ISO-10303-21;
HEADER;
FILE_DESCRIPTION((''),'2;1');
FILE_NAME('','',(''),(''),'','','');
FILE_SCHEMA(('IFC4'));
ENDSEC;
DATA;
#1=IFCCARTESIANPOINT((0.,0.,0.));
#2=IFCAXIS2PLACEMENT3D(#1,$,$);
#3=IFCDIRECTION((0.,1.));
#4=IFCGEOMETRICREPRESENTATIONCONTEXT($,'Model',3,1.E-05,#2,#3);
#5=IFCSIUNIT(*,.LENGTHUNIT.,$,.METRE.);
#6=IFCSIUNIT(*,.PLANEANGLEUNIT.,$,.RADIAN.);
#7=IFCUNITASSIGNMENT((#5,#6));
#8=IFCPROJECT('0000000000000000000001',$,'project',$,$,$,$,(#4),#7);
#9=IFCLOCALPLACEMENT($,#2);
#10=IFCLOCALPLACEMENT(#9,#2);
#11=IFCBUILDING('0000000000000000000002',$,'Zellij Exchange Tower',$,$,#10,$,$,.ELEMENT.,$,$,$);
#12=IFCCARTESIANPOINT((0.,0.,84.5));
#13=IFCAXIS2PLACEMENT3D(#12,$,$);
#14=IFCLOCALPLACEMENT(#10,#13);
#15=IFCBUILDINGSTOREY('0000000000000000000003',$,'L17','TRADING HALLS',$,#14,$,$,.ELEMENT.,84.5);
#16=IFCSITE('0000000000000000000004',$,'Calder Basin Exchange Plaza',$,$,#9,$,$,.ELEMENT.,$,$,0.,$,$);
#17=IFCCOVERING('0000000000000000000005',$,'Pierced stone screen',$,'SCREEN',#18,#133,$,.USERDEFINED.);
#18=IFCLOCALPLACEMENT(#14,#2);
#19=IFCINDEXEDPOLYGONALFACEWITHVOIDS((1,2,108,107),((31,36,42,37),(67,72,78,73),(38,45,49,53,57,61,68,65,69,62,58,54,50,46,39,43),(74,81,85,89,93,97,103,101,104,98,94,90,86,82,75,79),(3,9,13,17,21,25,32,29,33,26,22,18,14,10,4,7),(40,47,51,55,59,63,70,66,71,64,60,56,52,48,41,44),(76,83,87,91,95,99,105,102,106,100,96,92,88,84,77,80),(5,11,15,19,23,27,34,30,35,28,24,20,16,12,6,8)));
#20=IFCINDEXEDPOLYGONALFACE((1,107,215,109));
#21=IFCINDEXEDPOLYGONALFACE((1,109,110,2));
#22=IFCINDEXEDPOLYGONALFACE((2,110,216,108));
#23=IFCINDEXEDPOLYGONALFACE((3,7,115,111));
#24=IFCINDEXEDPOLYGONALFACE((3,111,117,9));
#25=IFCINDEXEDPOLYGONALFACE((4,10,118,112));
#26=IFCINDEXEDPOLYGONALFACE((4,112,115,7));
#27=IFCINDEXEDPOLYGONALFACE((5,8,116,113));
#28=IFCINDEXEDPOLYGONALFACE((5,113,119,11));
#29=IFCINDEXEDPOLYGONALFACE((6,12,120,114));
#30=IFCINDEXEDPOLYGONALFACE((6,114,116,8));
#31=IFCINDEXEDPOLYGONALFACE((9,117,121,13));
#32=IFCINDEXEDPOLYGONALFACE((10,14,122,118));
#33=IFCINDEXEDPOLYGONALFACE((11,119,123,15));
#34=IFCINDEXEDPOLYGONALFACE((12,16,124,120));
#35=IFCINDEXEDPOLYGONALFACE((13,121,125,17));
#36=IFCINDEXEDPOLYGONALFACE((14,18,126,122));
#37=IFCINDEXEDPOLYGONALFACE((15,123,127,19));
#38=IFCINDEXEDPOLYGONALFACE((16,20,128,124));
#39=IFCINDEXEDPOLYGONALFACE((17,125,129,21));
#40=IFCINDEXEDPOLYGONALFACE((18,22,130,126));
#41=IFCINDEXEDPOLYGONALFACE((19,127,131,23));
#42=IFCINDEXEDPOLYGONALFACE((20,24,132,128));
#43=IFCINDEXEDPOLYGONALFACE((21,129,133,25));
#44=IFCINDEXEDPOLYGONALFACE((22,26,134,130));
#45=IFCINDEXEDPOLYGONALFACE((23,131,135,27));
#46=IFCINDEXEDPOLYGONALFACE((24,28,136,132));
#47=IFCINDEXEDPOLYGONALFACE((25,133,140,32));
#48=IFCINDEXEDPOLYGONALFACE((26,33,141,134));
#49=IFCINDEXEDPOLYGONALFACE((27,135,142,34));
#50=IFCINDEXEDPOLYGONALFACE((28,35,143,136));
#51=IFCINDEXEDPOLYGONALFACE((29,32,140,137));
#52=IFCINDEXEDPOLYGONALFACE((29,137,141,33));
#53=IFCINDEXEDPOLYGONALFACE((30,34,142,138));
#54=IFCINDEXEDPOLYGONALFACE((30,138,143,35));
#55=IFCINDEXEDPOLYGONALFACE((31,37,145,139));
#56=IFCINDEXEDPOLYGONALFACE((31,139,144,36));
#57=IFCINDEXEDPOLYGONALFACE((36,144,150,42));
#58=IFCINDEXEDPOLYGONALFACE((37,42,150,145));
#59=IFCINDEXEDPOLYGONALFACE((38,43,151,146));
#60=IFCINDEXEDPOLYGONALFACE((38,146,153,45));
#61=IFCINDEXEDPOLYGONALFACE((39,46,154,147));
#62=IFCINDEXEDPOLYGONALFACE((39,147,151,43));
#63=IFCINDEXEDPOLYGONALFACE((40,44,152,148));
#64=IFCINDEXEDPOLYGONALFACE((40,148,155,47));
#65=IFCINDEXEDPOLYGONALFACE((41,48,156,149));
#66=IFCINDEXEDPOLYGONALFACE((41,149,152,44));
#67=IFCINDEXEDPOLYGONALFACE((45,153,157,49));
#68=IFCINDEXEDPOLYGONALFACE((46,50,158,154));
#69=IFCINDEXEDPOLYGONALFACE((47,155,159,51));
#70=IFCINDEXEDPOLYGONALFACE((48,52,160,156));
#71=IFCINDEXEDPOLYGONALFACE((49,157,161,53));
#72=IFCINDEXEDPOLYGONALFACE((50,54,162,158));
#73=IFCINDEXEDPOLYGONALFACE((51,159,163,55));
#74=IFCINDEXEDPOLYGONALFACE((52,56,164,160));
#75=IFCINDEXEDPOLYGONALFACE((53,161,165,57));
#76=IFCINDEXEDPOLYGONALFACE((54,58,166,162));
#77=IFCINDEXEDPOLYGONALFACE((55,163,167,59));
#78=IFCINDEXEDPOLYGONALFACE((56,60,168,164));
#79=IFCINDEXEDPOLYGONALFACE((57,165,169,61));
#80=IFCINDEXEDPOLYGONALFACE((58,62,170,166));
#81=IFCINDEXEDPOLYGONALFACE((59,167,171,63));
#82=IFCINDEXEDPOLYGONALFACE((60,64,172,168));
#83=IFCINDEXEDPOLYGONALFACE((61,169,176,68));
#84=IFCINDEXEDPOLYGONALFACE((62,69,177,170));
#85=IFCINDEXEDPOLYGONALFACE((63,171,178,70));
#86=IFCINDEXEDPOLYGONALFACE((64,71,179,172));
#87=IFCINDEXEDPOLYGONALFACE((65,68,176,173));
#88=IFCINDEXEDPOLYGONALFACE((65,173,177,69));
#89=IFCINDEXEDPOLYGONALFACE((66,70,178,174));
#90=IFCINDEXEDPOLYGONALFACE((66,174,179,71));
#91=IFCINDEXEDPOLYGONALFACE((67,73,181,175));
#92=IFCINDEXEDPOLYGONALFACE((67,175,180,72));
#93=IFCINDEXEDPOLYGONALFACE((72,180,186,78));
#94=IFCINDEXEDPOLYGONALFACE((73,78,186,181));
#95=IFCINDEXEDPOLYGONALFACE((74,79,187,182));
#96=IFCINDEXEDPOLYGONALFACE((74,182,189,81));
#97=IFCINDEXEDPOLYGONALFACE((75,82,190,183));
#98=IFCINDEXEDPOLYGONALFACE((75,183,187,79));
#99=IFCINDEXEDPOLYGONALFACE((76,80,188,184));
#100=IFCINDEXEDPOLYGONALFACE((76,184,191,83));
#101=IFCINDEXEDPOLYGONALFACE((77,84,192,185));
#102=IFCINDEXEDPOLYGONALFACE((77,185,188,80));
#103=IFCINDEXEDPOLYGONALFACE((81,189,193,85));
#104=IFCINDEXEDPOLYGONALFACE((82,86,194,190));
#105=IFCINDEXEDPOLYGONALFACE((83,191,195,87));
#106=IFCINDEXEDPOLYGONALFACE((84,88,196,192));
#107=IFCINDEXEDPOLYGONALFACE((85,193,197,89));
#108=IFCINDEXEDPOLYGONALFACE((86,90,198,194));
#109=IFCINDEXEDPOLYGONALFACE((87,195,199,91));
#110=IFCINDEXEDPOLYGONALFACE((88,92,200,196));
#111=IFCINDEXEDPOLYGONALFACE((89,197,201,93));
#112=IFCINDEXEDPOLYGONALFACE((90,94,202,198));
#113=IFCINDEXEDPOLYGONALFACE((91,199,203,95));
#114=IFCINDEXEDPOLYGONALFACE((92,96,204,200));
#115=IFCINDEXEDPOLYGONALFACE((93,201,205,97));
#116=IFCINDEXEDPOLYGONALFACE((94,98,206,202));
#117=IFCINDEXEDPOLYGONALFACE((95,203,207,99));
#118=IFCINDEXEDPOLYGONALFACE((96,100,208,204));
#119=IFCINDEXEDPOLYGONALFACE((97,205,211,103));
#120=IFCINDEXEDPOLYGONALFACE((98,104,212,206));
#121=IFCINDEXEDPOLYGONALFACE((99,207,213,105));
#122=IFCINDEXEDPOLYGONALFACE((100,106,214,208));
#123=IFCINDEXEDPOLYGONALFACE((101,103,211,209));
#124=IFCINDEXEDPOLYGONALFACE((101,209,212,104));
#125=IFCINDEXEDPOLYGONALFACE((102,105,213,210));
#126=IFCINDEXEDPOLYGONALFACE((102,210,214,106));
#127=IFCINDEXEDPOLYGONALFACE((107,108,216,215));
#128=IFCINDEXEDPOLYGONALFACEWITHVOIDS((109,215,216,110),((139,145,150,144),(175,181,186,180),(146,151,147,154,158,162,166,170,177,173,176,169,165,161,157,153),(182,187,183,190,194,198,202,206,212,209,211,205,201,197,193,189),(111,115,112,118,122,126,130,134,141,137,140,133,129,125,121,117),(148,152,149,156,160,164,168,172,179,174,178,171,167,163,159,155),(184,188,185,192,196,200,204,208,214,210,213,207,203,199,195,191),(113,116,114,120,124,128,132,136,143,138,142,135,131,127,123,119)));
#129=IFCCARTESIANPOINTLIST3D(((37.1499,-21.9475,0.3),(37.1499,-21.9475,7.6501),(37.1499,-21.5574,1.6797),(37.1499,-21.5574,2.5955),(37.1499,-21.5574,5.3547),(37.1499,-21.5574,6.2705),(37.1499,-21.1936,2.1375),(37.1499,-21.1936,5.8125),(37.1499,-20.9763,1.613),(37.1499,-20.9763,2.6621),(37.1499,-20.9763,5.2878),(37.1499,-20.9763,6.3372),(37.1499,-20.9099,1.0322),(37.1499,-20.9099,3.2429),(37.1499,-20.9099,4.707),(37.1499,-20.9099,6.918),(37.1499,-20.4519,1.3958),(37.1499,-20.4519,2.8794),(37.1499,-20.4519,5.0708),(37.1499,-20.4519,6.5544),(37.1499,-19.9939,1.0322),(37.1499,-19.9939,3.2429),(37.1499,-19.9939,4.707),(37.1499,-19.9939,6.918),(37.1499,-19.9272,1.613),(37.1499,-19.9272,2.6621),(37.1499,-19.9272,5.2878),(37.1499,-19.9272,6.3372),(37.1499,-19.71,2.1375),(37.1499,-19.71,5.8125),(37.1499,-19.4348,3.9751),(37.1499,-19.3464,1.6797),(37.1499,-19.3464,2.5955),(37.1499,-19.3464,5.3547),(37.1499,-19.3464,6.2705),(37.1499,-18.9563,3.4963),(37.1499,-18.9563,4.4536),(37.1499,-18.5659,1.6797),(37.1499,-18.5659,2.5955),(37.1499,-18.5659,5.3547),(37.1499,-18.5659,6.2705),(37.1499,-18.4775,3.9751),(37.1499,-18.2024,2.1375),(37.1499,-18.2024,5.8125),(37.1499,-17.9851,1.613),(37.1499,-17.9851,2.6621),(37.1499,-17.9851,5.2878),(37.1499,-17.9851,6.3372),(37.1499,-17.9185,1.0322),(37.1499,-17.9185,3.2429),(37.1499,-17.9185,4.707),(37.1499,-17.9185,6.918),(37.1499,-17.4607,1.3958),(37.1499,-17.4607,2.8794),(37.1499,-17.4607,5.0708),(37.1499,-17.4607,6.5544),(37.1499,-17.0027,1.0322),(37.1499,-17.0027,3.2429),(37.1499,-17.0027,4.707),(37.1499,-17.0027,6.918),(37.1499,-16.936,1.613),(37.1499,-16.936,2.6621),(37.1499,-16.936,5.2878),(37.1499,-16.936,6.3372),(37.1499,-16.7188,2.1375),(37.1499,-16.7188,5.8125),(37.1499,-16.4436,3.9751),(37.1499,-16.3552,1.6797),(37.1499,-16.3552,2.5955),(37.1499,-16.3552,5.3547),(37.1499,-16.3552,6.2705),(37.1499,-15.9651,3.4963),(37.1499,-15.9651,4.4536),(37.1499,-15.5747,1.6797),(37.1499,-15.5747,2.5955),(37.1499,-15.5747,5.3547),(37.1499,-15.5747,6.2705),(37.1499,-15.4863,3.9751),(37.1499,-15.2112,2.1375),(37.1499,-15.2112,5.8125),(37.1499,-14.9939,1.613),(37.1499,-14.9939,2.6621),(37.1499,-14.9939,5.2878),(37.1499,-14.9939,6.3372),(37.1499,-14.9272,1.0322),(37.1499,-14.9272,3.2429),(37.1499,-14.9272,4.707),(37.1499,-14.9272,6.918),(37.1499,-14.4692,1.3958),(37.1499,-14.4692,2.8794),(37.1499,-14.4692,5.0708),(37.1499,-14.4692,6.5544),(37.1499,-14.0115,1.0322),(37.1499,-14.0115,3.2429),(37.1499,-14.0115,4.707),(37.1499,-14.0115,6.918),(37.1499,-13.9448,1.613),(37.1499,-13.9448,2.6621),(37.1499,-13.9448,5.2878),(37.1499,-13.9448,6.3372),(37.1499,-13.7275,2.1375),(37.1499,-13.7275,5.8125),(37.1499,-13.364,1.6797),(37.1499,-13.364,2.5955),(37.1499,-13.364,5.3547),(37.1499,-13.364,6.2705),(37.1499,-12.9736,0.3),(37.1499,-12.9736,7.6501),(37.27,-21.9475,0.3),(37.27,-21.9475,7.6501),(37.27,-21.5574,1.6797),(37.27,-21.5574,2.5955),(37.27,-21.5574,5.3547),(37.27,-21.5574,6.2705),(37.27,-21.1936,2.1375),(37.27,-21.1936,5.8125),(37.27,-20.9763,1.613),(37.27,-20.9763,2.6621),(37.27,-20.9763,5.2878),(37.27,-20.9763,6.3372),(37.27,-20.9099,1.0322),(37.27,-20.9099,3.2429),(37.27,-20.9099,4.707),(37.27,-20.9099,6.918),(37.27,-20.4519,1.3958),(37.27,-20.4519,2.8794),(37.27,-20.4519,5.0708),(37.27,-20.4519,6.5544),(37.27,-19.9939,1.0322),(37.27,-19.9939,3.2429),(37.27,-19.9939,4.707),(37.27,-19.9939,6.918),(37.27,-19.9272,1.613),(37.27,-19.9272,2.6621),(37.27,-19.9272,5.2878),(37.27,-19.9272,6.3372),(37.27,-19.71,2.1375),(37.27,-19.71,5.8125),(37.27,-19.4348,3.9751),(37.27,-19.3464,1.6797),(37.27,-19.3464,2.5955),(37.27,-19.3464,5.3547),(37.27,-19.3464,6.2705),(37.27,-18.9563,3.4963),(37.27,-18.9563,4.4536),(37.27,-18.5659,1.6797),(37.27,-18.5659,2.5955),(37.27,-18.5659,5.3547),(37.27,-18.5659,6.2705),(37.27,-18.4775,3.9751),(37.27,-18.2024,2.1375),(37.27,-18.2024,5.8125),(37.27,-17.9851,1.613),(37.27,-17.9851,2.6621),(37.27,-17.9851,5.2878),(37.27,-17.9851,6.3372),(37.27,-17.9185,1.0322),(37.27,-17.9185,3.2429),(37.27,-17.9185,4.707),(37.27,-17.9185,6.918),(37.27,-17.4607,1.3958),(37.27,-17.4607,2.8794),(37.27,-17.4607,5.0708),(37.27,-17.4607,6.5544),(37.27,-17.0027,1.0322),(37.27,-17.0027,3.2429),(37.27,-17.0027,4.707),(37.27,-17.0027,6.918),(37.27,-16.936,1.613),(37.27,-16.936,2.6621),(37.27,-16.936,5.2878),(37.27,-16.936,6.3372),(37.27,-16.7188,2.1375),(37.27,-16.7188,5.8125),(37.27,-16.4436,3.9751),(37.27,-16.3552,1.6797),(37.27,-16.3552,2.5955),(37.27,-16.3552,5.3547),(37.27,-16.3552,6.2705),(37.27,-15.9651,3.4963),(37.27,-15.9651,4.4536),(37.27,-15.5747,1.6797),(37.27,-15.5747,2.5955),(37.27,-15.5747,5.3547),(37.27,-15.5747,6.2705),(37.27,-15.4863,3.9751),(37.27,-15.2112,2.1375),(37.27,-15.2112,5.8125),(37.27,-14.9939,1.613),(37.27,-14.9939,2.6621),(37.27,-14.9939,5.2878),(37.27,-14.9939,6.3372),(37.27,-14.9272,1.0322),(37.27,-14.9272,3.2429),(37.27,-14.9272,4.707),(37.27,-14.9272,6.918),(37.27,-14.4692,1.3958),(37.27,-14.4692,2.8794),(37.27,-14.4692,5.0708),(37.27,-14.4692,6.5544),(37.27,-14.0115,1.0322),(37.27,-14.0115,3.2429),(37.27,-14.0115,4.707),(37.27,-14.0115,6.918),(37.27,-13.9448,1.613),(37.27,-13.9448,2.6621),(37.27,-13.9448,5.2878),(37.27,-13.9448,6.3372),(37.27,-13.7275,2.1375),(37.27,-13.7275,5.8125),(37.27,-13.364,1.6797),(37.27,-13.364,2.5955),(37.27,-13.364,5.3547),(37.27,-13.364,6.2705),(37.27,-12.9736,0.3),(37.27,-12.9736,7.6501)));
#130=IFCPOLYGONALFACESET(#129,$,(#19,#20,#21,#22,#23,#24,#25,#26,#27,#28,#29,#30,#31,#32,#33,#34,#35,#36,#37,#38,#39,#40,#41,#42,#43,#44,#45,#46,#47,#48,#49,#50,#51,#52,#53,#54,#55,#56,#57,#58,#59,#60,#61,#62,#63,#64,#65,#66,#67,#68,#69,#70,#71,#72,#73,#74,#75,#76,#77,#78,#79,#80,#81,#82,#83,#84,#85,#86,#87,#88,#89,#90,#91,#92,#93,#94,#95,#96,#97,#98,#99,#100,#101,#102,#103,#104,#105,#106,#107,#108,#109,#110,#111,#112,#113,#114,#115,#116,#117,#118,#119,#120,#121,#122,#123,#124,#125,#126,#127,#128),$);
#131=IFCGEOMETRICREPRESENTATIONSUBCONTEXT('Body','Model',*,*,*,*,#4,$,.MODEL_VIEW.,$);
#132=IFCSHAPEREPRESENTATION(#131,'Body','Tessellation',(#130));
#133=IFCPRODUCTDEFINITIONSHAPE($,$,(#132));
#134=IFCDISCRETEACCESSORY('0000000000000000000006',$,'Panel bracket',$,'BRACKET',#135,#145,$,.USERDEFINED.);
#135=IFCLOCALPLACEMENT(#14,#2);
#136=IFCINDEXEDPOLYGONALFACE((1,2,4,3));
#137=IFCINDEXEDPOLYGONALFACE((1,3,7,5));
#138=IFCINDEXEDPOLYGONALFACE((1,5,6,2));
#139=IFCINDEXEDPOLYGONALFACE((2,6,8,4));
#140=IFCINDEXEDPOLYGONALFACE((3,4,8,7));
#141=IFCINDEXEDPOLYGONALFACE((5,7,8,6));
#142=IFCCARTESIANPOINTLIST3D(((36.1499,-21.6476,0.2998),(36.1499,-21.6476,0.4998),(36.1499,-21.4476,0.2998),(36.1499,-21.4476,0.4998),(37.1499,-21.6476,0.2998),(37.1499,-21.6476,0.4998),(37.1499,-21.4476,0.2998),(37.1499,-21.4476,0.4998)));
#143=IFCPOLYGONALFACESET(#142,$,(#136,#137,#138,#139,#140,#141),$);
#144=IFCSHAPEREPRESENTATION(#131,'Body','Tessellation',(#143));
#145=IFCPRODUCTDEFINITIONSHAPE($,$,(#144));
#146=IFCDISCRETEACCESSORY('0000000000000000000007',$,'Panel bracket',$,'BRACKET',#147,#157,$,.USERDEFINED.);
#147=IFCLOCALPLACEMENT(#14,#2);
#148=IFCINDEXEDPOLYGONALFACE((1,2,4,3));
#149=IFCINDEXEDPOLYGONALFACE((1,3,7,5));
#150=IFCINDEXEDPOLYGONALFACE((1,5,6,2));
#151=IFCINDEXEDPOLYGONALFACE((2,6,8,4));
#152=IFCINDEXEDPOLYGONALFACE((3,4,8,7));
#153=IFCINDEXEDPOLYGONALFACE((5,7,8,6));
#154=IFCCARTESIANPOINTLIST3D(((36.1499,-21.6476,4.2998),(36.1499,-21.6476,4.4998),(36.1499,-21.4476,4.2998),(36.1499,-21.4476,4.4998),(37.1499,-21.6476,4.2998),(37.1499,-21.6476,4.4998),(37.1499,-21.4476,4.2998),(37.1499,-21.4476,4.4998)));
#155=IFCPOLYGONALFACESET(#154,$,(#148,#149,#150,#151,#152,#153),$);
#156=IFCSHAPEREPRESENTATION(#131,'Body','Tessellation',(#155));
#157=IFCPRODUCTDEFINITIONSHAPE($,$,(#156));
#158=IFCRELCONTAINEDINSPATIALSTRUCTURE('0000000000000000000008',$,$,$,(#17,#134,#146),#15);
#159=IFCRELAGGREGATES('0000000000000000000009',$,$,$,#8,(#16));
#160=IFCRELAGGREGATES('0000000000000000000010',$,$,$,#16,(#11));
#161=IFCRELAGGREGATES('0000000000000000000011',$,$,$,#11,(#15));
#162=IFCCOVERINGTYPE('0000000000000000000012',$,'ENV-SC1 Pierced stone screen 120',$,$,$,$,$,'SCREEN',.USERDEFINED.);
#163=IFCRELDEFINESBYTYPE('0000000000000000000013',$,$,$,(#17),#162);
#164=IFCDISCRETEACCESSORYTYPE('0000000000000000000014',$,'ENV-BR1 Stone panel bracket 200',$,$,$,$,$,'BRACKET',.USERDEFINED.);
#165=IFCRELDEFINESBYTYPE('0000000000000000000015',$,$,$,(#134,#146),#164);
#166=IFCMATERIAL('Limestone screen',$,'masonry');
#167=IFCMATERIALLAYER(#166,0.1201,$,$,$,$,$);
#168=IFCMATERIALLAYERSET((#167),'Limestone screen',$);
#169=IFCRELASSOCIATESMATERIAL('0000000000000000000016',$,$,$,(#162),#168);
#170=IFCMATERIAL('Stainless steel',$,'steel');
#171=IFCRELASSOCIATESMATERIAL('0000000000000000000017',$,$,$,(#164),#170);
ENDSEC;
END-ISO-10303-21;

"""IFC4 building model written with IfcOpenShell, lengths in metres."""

from ifc_helpers import new_model, si_unit, direction, frame, origin, origin_2d, place, context, subcontext, project, spatial, polyline, rectangle, outline, extrude, material, layer, layer_set, type_object, element, save


model = new_model("IFC4")

# Units and contexts
model_context = context("Model", 3, precision=1e-05, world=origin(), true_north=direction((0.0, 1.0)))
body_context = subcontext(model_context, "Body", "Model", "MODEL_VIEW")
ifc_project = project(units=[si_unit("LENGTHUNIT", "METRE"), si_unit("PLANEANGLEUNIT", "RADIAN")], contexts=[model_context])

# Site, building, storey
site_placement = place(None, origin())
site = spatial("IfcSite", under=ifc_project, at=site_placement, Name="Calder Basin Exchange Plaza", CompositionType="ELEMENT", RefElevation=0.0)
building_placement = place(site_placement, origin())
building = spatial("IfcBuilding", under=site, at=building_placement, Name="Zellij Exchange Tower", CompositionType="ELEMENT")
storey_placement = place(building_placement, frame((0.0, 0.0, 84.5)))
storey = spatial("IfcBuildingStorey", under=building, at=storey_placement, Name="L17", Description="TRADING HALLS", CompositionType="ELEMENT", Elevation=84.5)

# Covering
ifc_material_1 = material(Name="Limestone screen", Category="masonry")
ifc_layer_1 = layer(ifc_material_1, 0.1201)
ifc_layer_set_1 = layer_set([ifc_layer_1], Name="Limestone screen")
covering_type = type_object("IfcCoveringType", Name="ENV-SC1 Pierced stone screen 120", ElementType="SCREEN", PredefinedType="USERDEFINED", material=ifc_layer_set_1)
covering_placement = place(storey_placement, frame((37.21, -21.9475, 0.3), z_axis=(0.0, 0.0, 1.0), x_axis=(0.0, 1.0, 0.0)))
element("IfcCovering", 1, at=covering_placement, inside=storey, type_object=covering_type, Name="Pierced stone screen", ObjectType="SCREEN", PredefinedType="USERDEFINED", context=body_context, shape_type="SweptSolid", body=[
    extrude(outline(polyline([(0.0, 0.0), (8.9739, 0.0), (8.9739, 7.3501), (0.0, 7.3501), (0.0, 0.0)]), holes=[polyline([(2.6011, 2.2954), (2.0203, 2.3621), (1.9536, 2.9429), (1.4956, 2.5793), (1.0376, 2.9429), (0.9712, 2.3621), (0.3901, 2.2954), (0.7539, 1.8374), (0.3901, 1.3796), (0.9712, 1.313), (1.0376, 0.7322), (1.4956, 1.0957), (1.9536, 0.7322), (2.0203, 1.313), (2.6011, 1.3796), (2.2375, 1.8374), (2.6011, 2.2954)]), polyline([(2.6011, 5.9705), (2.0203, 6.0371), (1.9536, 6.6179), (1.4956, 6.2544), (1.0376, 6.6179), (0.9712, 6.0371), (0.3901, 5.9705), (0.7539, 5.5125), (0.3901, 5.0547), (0.9712, 4.9878), (1.0376, 4.407), (1.4956, 4.7708), (1.9536, 4.407), (2.0203, 4.9878), (2.6011, 5.0547), (2.2375, 5.5125), (2.6011, 5.9705)]), polyline([(5.5923, 2.2954), (5.0115, 2.3621), (4.9448, 2.9429), (4.4868, 2.5793), (4.0291, 2.9429), (3.9624, 2.3621), (3.3816, 2.2954), (3.7451, 1.8374), (3.3816, 1.3796), (3.9624, 1.313), (4.0291, 0.7322), (4.4868, 1.0957), (4.9448, 0.7322), (5.0115, 1.313), (5.5923, 1.3796), (5.2288, 1.8374), (5.5923, 2.2954)]), polyline([(5.5923, 5.9705), (5.0115, 6.0371), (4.9448, 6.6179), (4.4868, 6.2544), (4.0291, 6.6179), (3.9624, 6.0371), (3.3816, 5.9705), (3.7451, 5.5125), (3.3816, 5.0547), (3.9624, 4.9878), (4.0291, 4.407), (4.4868, 4.7708), (4.9448, 4.407), (5.0115, 4.9878), (5.5923, 5.0547), (5.2288, 5.5125), (5.5923, 5.9705)]), polyline([(8.5835, 2.2954), (8.0027, 2.3621), (7.936, 2.9429), (7.4783, 2.5793), (7.0203, 2.9429), (6.9536, 2.3621), (6.3728, 2.2954), (6.7363, 1.8374), (6.3728, 1.3796), (6.9536, 1.313), (7.0203, 0.7322), (7.4783, 1.0957), (7.936, 0.7322), (8.0027, 1.313), (8.5835, 1.3796), (8.22, 1.8374), (8.5835, 2.2954)]), polyline([(8.5835, 5.9705), (8.0027, 6.0371), (7.936, 6.6179), (7.4783, 6.2544), (7.0203, 6.6179), (6.9536, 6.0371), (6.3728, 5.9705), (6.7363, 5.5125), (6.3728, 5.0547), (6.9536, 4.9878), (7.0203, 4.407), (7.4783, 4.7708), (7.936, 4.407), (8.0027, 4.9878), (8.5835, 5.0547), (8.22, 5.5125), (8.5835, 5.9705)]), polyline([(3.47, 3.675), (2.9912, 4.1536), (2.5127, 3.675), (2.9912, 3.1963), (3.47, 3.675)]), polyline([(6.4612, 3.675), (5.9824, 4.1536), (5.5039, 3.675), (5.9824, 3.1963), (6.4612, 3.675)])]), frame((0.0, 0.0601, 0.0), z_axis=(0.0, -1.0, 0.0), x_axis=(1.0, 0.0, 0.0)), (0.0, 0.0, 1.0), 0.1201),
])

# Discrete accessories
ifc_material_2 = material(Name="Stainless steel", Category="steel")
discrete_accessory_type = type_object("IfcDiscreteAccessoryType", Name="ENV-BR1 Stone panel bracket 200", ElementType="BRACKET", PredefinedType="USERDEFINED", material=ifc_material_2)
for number, where, z_axis, x_axis, name in (
    (2, (36.6499, -21.5476, 0.2998), (0.0, 0.0, 1.0), (0.0, 1.0, 0.0), "Panel bracket"),
    (3, (36.6499, -21.5476, 4.2998), (0.0, 0.0, 1.0), (0.0, 1.0, 0.0), "Panel bracket"),
):
    element("IfcDiscreteAccessory", number, at=place(storey_placement, frame(where, z_axis=z_axis, x_axis=x_axis)), inside=storey, type_object=discrete_accessory_type, Name=name, ObjectType="BRACKET", PredefinedType="USERDEFINED", context=body_context, shape_type="SweptSolid", body=[
        extrude(rectangle(XDim=0.2, YDim=1.0, at=origin_2d()), origin(), (0.0, 0.0, 1.0), 0.2),
    ])

save(model, "model.ifc")
